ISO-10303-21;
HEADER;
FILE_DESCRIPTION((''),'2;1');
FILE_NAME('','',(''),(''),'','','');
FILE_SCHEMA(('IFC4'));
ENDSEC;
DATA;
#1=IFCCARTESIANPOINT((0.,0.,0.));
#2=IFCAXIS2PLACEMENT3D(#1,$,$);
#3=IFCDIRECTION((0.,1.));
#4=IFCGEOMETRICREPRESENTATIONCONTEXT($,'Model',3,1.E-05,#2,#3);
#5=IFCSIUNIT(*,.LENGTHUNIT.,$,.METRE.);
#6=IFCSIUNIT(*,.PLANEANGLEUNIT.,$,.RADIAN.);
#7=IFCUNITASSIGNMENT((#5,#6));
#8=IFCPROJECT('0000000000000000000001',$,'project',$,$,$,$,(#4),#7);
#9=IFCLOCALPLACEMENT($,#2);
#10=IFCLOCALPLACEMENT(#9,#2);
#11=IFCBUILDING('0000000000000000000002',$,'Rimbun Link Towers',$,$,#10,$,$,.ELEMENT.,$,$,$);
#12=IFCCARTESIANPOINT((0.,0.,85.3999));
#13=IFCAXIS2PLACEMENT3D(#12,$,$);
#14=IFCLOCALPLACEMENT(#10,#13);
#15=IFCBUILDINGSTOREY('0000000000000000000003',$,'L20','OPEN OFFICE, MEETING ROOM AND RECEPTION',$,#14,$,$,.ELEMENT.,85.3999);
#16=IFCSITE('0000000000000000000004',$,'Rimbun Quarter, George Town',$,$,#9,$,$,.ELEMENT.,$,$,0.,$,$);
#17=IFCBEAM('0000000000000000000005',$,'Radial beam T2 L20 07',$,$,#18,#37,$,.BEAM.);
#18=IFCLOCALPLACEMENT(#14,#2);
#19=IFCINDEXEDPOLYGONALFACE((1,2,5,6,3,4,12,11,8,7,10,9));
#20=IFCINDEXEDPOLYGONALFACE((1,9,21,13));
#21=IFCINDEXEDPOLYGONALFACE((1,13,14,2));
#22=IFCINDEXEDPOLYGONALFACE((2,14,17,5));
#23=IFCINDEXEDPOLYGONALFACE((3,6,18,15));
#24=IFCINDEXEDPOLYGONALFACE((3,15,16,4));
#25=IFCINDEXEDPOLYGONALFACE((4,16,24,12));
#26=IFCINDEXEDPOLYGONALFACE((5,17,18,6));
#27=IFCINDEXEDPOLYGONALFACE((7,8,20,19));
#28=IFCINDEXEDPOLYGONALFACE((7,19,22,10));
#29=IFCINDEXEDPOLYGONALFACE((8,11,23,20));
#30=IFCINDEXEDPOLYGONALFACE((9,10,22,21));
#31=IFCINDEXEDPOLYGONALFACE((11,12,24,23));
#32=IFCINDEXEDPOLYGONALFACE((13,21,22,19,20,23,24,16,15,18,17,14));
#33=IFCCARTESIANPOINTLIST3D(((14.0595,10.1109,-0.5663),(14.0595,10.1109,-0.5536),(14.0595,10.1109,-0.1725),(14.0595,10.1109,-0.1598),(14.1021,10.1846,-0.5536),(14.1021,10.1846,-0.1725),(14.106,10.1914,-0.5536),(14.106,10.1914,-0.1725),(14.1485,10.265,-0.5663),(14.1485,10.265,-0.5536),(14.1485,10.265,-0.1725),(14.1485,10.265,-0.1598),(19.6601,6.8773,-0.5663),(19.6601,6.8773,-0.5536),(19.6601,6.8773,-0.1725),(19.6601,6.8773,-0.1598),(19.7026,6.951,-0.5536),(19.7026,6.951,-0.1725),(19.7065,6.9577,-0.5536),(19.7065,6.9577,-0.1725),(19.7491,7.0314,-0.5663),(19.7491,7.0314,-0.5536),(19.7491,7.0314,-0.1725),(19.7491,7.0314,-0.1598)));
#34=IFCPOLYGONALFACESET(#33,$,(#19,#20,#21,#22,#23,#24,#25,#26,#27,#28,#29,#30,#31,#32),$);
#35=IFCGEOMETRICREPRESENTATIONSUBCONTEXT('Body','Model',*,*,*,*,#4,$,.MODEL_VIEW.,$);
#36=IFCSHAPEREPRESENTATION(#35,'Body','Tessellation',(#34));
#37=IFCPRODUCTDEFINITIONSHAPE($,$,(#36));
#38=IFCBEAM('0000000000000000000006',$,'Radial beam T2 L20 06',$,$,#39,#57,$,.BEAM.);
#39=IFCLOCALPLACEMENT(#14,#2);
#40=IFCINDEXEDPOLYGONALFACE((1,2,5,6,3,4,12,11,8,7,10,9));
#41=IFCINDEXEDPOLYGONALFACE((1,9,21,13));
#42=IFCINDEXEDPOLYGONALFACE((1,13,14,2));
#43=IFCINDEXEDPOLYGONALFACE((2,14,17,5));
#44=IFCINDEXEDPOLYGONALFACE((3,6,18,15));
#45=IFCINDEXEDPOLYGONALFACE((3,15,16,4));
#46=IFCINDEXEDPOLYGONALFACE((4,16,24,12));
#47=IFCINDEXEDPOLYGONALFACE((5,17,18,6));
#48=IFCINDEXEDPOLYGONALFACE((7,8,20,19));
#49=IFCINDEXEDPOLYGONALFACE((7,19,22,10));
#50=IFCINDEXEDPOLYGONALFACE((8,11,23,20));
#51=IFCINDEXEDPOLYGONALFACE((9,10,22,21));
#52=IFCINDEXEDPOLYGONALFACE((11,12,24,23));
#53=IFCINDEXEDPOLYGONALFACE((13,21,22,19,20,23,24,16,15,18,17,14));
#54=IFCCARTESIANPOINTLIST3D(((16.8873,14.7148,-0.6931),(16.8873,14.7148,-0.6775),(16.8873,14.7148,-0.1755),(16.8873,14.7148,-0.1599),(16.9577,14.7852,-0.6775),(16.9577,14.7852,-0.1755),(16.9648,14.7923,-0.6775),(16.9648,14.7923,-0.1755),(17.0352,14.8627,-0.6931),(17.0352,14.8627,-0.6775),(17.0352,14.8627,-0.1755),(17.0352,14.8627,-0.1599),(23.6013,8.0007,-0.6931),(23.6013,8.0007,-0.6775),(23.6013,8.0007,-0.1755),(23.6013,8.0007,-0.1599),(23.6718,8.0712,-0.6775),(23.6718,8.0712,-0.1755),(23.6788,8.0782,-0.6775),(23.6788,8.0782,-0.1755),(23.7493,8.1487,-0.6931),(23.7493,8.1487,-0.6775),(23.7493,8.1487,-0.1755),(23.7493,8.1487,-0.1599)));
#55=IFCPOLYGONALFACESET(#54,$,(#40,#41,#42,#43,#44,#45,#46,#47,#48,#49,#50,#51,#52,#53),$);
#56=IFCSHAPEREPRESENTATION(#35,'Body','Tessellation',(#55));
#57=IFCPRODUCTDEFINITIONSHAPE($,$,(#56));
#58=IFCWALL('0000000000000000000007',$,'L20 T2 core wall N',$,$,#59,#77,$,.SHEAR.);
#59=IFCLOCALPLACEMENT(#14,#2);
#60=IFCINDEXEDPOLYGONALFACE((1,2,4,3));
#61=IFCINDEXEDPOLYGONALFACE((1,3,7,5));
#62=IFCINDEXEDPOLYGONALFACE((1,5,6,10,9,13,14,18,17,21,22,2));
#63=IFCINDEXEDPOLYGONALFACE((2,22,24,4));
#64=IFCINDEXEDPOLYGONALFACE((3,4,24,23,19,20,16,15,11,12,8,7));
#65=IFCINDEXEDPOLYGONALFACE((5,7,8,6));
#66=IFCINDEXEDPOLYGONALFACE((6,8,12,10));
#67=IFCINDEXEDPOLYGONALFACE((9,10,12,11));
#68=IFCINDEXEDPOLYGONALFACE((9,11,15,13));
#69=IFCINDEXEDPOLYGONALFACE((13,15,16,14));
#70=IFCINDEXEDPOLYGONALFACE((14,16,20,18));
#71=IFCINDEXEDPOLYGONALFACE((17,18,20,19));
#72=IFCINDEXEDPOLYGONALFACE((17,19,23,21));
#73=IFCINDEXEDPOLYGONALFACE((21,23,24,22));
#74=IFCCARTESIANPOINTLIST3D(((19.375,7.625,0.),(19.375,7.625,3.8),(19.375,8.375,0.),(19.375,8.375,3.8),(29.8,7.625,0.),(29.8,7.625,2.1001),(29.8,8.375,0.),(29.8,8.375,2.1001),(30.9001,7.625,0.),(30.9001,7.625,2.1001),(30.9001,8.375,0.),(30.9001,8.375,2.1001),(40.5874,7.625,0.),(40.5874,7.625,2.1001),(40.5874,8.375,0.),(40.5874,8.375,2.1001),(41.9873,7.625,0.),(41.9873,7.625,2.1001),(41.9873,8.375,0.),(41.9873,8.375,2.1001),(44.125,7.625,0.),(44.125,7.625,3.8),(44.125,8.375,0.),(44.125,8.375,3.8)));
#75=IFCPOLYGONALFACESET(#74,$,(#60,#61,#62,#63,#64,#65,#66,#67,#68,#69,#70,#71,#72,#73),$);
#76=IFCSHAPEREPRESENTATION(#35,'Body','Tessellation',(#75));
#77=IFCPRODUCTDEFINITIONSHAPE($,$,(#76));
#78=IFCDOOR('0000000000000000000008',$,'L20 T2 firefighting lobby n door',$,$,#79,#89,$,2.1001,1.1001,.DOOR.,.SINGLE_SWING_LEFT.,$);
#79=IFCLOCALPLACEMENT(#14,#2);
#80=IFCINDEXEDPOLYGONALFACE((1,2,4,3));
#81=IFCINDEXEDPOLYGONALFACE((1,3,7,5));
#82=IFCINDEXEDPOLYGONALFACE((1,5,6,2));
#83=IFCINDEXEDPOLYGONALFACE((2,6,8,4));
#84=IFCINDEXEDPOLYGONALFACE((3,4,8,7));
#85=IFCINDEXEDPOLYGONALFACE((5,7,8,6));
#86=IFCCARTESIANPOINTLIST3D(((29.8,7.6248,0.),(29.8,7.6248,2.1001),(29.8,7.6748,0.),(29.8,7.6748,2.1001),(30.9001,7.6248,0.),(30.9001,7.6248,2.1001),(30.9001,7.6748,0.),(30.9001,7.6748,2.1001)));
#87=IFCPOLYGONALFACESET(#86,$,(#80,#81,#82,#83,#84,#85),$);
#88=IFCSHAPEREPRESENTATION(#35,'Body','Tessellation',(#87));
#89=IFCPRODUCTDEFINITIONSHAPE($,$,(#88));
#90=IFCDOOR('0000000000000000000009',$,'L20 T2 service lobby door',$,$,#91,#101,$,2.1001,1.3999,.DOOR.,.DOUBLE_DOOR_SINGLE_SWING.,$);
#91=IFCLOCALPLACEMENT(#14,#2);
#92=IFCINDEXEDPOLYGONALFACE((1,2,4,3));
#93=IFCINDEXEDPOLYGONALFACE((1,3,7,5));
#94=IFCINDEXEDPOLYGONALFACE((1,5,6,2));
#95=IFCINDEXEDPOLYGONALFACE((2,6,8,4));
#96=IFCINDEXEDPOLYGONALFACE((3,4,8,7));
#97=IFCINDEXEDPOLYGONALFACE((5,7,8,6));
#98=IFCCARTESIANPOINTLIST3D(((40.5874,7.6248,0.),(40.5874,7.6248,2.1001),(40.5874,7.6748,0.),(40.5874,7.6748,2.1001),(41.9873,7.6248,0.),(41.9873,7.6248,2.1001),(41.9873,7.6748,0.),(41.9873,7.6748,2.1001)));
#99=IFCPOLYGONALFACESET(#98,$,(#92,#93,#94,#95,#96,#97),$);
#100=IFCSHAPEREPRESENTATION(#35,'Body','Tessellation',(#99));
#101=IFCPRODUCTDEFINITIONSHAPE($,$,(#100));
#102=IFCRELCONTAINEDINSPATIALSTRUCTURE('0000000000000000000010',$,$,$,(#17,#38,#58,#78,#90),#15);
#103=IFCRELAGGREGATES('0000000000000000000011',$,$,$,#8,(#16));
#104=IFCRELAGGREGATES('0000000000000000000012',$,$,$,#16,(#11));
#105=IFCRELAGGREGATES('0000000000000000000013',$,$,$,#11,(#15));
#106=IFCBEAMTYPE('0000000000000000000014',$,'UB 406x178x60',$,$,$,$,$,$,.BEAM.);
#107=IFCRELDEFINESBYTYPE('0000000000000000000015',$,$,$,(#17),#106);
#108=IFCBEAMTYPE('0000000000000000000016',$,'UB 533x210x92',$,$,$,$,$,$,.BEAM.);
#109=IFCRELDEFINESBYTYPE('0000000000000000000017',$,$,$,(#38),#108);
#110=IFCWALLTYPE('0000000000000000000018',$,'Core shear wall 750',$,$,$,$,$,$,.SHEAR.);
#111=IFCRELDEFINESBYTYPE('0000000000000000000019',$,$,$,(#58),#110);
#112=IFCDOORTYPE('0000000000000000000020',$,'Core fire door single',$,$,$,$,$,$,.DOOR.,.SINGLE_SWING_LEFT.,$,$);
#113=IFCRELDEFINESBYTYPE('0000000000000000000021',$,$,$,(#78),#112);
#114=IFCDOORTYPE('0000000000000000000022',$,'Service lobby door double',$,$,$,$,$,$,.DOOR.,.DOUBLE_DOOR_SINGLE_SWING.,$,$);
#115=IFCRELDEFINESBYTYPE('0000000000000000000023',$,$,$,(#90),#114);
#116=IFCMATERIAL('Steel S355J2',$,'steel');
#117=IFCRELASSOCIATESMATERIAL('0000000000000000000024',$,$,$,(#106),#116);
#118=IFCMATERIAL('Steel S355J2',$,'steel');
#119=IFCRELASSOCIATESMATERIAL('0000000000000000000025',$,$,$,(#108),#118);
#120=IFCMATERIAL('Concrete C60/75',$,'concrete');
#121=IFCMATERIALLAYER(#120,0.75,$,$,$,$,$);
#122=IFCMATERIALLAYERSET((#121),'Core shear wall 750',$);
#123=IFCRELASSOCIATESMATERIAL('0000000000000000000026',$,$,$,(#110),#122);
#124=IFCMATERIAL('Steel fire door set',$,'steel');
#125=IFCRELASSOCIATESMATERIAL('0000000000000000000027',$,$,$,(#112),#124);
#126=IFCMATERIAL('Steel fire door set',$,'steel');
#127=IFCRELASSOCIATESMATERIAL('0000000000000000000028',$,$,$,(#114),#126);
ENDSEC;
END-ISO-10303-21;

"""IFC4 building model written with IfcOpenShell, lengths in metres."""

from ifc_helpers import new_model, si_unit, direction, frame, frame_2d, origin, origin_2d, place, context, subcontext, project, spatial, rectangle, i_section, extrude, material, layer, layer_set, material_profile, profile_set, type_object, element, fill, save


model = new_model("IFC4")

# Units and contexts
model_context = context("Model", 3, precision=1e-05, world=origin(), true_north=direction((0.0, 1.0)))
body_context = subcontext(model_context, "Body", "Model", "MODEL_VIEW")
ifc_project = project(units=[si_unit("LENGTHUNIT", "METRE"), si_unit("PLANEANGLEUNIT", "RADIAN")], contexts=[model_context])

# Site, building, storey
site_placement = place(None, origin())
site = spatial("IfcSite", under=ifc_project, at=site_placement, Name="Rimbun Quarter, George Town", CompositionType="ELEMENT", RefElevation=0.0)
building_placement = place(site_placement, origin())
building = spatial("IfcBuilding", under=site, at=building_placement, Name="Rimbun Link Towers", CompositionType="ELEMENT")
storey_placement = place(building_placement, frame((0.0, 0.0, 85.3999)))
storey = spatial("IfcBuildingStorey", under=building, at=storey_placement, Name="L20", Description="OPEN OFFICE, MEETING ROOM AND RECEPTION", CompositionType="ELEMENT", Elevation=85.3999)

# Beams
ifc_material_1 = material(Name="Steel S355J2", Category="steel")
ifc_material_profile_1 = material_profile(ifc_material_1, i_section(OverallWidth=0.178, OverallDepth=0.4065, WebThickness=0.0078, FlangeThickness=0.0127, at=origin_2d()), Name="UB 406x178x60")
ifc_profile_set_1 = profile_set([ifc_material_profile_1], Name="Steel S355J2")
beam_type_1 = type_object("IfcBeamType", Name="UB 406x178x60", PredefinedType="BEAM", material=ifc_profile_set_1)
beam_1_placement = place(storey_placement, frame((19.7046, 6.9543, -0.363), z_axis=(-0.866016, 0.500017, 0.0), x_axis=(-0.500017, -0.866016, 0.0)))
element("IfcBeam", 1, at=beam_1_placement, inside=storey, type_object=beam_type_1, Name="Radial beam T2 L20 07", PredefinedType="BEAM", context=body_context, shape_type="SweptSolid", body=[
    extrude(i_section(OverallWidth=0.178, OverallDepth=0.4065, WebThickness=0.0078, FlangeThickness=0.0127, at=origin_2d()), origin(), (0.0, 0.0, 1.0), 6.467),
])
ifc_material_2 = material(Name="Steel S355J2", Category="steel")
ifc_material_profile_2 = material_profile(ifc_material_2, i_section(OverallWidth=0.2092, OverallDepth=0.5332, WebThickness=0.01, FlangeThickness=0.0156, at=origin_2d()), Name="UB 533x210x92")
ifc_profile_set_2 = profile_set([ifc_material_profile_2], Name="Steel S355J2")
beam_type_2 = type_object("IfcBeamType", Name="UB 533x210x92", PredefinedType="BEAM", material=ifc_profile_set_2)
beam_2_placement = place(storey_placement, frame((23.6753, 8.0747, -0.4265), z_axis=(-0.707107, 0.707107, 0.0), x_axis=(-0.707107, -0.707107, 0.0)))
element("IfcBeam", 2, at=beam_2_placement, inside=storey, type_object=beam_type_2, Name="Radial beam T2 L20 06", PredefinedType="BEAM", context=body_context, shape_type="SweptSolid", body=[
    extrude(i_section(OverallWidth=0.2092, OverallDepth=0.5332, WebThickness=0.01, FlangeThickness=0.0156, at=origin_2d()), origin(), (0.0, 0.0, 1.0), 9.4951),
])

# Wall, openings, doors
ifc_material_3 = material(Name="Concrete C60/75", Category="concrete")
ifc_layer_1 = layer(ifc_material_3, 0.75)
ifc_layer_set_1 = layer_set([ifc_layer_1], Name="Core shear wall 750")
wall_type_1 = type_object("IfcWallType", Name="Core shear wall 750", PredefinedType="SHEAR", material=ifc_layer_set_1)
wall_1_placement = place(storey_placement, frame((19.375, 8.0, 0.0), z_axis=(0.0, 0.0, 1.0), x_axis=(1.0, 0.0, 0.0)))
wall_1 = element("IfcWall", 3, at=wall_1_placement, inside=storey, type_object=wall_type_1, Name="L20 T2 core wall N", PredefinedType="SHEAR", context=body_context, shape_type="SweptSolid", body=[
    extrude(rectangle(XDim=24.75, YDim=0.75, at=frame_2d((12.375, 0.0))), origin(), (0.0, 0.0, 1.0), 3.8),
])
opening_1_placement = place(wall_1_placement, frame((10.425, 0.0, 0.0)))
opening_1 = element("IfcOpeningElement", 4, at=opening_1_placement, cuts=wall_1, PredefinedType="OPENING", context=body_context, shape_type="SweptSolid", body=[
    extrude(rectangle(XDim=1.1001, YDim=2.1001, at=frame_2d((0.55, 1.05))), frame((0.0, 0.385, 0.0), z_axis=(0.0, -1.0, 0.0), x_axis=(1.0, 0.0, 0.0)), (0.0, 0.0, 1.0), 0.77),
])
opening_2_placement = place(wall_1_placement, frame((21.2124, 0.0, 0.0)))
opening_2 = element("IfcOpeningElement", 5, at=opening_2_placement, cuts=wall_1, PredefinedType="OPENING", context=body_context, shape_type="SweptSolid", body=[
    extrude(rectangle(XDim=1.3999, YDim=2.1001, at=frame_2d((0.7, 1.05))), frame((0.0, 0.385, 0.0), z_axis=(0.0, -1.0, 0.0), x_axis=(1.0, 0.0, 0.0)), (0.0, 0.0, 1.0), 0.77),
])
ifc_material_4 = material(Name="Steel fire door set", Category="steel")
door_type_1 = type_object("IfcDoorType", Name="Core fire door single", OperationType="SINGLE_SWING_LEFT", PredefinedType="DOOR", material=ifc_material_4)
door_1_placement = place(opening_1_placement, origin())
door_1 = element("IfcDoor", 6, at=door_1_placement, inside=storey, type_object=door_type_1, Name="L20 T2 firefighting lobby n door", OperationType="SINGLE_SWING_LEFT", OverallHeight=2.1001, OverallWidth=1.1001, PredefinedType="DOOR", context=body_context, shape_type="SweptSolid", body=[
    extrude(rectangle(XDim=1.1001, YDim=2.1001, at=frame_2d((0.55, 1.05))), frame((0.0, -0.3252, 0.0), z_axis=(0.0, -1.0, 0.0), x_axis=(1.0, 0.0, 0.0)), (0.0, 0.0, 1.0), 0.05),
])
fill(opening_1, door_1)
ifc_material_5 = material(Name="Steel fire door set", Category="steel")
door_type_2 = type_object("IfcDoorType", Name="Service lobby door double", OperationType="DOUBLE_DOOR_SINGLE_SWING", PredefinedType="DOOR", material=ifc_material_5)
door_2_placement = place(opening_2_placement, origin())
door_2 = element("IfcDoor", 7, at=door_2_placement, inside=storey, type_object=door_type_2, Name="L20 T2 service lobby door", OperationType="DOUBLE_DOOR_SINGLE_SWING", OverallHeight=2.1001, OverallWidth=1.3999, PredefinedType="DOOR", context=body_context, shape_type="SweptSolid", body=[
    extrude(rectangle(XDim=1.3999, YDim=2.1001, at=frame_2d((0.7, 1.05))), frame((0.0, -0.3252, 0.0), z_axis=(0.0, -1.0, 0.0), x_axis=(1.0, 0.0, 0.0)), (0.0, 0.0, 1.0), 0.05),
])
fill(opening_2, door_2)

save(model, "model.ifc")
